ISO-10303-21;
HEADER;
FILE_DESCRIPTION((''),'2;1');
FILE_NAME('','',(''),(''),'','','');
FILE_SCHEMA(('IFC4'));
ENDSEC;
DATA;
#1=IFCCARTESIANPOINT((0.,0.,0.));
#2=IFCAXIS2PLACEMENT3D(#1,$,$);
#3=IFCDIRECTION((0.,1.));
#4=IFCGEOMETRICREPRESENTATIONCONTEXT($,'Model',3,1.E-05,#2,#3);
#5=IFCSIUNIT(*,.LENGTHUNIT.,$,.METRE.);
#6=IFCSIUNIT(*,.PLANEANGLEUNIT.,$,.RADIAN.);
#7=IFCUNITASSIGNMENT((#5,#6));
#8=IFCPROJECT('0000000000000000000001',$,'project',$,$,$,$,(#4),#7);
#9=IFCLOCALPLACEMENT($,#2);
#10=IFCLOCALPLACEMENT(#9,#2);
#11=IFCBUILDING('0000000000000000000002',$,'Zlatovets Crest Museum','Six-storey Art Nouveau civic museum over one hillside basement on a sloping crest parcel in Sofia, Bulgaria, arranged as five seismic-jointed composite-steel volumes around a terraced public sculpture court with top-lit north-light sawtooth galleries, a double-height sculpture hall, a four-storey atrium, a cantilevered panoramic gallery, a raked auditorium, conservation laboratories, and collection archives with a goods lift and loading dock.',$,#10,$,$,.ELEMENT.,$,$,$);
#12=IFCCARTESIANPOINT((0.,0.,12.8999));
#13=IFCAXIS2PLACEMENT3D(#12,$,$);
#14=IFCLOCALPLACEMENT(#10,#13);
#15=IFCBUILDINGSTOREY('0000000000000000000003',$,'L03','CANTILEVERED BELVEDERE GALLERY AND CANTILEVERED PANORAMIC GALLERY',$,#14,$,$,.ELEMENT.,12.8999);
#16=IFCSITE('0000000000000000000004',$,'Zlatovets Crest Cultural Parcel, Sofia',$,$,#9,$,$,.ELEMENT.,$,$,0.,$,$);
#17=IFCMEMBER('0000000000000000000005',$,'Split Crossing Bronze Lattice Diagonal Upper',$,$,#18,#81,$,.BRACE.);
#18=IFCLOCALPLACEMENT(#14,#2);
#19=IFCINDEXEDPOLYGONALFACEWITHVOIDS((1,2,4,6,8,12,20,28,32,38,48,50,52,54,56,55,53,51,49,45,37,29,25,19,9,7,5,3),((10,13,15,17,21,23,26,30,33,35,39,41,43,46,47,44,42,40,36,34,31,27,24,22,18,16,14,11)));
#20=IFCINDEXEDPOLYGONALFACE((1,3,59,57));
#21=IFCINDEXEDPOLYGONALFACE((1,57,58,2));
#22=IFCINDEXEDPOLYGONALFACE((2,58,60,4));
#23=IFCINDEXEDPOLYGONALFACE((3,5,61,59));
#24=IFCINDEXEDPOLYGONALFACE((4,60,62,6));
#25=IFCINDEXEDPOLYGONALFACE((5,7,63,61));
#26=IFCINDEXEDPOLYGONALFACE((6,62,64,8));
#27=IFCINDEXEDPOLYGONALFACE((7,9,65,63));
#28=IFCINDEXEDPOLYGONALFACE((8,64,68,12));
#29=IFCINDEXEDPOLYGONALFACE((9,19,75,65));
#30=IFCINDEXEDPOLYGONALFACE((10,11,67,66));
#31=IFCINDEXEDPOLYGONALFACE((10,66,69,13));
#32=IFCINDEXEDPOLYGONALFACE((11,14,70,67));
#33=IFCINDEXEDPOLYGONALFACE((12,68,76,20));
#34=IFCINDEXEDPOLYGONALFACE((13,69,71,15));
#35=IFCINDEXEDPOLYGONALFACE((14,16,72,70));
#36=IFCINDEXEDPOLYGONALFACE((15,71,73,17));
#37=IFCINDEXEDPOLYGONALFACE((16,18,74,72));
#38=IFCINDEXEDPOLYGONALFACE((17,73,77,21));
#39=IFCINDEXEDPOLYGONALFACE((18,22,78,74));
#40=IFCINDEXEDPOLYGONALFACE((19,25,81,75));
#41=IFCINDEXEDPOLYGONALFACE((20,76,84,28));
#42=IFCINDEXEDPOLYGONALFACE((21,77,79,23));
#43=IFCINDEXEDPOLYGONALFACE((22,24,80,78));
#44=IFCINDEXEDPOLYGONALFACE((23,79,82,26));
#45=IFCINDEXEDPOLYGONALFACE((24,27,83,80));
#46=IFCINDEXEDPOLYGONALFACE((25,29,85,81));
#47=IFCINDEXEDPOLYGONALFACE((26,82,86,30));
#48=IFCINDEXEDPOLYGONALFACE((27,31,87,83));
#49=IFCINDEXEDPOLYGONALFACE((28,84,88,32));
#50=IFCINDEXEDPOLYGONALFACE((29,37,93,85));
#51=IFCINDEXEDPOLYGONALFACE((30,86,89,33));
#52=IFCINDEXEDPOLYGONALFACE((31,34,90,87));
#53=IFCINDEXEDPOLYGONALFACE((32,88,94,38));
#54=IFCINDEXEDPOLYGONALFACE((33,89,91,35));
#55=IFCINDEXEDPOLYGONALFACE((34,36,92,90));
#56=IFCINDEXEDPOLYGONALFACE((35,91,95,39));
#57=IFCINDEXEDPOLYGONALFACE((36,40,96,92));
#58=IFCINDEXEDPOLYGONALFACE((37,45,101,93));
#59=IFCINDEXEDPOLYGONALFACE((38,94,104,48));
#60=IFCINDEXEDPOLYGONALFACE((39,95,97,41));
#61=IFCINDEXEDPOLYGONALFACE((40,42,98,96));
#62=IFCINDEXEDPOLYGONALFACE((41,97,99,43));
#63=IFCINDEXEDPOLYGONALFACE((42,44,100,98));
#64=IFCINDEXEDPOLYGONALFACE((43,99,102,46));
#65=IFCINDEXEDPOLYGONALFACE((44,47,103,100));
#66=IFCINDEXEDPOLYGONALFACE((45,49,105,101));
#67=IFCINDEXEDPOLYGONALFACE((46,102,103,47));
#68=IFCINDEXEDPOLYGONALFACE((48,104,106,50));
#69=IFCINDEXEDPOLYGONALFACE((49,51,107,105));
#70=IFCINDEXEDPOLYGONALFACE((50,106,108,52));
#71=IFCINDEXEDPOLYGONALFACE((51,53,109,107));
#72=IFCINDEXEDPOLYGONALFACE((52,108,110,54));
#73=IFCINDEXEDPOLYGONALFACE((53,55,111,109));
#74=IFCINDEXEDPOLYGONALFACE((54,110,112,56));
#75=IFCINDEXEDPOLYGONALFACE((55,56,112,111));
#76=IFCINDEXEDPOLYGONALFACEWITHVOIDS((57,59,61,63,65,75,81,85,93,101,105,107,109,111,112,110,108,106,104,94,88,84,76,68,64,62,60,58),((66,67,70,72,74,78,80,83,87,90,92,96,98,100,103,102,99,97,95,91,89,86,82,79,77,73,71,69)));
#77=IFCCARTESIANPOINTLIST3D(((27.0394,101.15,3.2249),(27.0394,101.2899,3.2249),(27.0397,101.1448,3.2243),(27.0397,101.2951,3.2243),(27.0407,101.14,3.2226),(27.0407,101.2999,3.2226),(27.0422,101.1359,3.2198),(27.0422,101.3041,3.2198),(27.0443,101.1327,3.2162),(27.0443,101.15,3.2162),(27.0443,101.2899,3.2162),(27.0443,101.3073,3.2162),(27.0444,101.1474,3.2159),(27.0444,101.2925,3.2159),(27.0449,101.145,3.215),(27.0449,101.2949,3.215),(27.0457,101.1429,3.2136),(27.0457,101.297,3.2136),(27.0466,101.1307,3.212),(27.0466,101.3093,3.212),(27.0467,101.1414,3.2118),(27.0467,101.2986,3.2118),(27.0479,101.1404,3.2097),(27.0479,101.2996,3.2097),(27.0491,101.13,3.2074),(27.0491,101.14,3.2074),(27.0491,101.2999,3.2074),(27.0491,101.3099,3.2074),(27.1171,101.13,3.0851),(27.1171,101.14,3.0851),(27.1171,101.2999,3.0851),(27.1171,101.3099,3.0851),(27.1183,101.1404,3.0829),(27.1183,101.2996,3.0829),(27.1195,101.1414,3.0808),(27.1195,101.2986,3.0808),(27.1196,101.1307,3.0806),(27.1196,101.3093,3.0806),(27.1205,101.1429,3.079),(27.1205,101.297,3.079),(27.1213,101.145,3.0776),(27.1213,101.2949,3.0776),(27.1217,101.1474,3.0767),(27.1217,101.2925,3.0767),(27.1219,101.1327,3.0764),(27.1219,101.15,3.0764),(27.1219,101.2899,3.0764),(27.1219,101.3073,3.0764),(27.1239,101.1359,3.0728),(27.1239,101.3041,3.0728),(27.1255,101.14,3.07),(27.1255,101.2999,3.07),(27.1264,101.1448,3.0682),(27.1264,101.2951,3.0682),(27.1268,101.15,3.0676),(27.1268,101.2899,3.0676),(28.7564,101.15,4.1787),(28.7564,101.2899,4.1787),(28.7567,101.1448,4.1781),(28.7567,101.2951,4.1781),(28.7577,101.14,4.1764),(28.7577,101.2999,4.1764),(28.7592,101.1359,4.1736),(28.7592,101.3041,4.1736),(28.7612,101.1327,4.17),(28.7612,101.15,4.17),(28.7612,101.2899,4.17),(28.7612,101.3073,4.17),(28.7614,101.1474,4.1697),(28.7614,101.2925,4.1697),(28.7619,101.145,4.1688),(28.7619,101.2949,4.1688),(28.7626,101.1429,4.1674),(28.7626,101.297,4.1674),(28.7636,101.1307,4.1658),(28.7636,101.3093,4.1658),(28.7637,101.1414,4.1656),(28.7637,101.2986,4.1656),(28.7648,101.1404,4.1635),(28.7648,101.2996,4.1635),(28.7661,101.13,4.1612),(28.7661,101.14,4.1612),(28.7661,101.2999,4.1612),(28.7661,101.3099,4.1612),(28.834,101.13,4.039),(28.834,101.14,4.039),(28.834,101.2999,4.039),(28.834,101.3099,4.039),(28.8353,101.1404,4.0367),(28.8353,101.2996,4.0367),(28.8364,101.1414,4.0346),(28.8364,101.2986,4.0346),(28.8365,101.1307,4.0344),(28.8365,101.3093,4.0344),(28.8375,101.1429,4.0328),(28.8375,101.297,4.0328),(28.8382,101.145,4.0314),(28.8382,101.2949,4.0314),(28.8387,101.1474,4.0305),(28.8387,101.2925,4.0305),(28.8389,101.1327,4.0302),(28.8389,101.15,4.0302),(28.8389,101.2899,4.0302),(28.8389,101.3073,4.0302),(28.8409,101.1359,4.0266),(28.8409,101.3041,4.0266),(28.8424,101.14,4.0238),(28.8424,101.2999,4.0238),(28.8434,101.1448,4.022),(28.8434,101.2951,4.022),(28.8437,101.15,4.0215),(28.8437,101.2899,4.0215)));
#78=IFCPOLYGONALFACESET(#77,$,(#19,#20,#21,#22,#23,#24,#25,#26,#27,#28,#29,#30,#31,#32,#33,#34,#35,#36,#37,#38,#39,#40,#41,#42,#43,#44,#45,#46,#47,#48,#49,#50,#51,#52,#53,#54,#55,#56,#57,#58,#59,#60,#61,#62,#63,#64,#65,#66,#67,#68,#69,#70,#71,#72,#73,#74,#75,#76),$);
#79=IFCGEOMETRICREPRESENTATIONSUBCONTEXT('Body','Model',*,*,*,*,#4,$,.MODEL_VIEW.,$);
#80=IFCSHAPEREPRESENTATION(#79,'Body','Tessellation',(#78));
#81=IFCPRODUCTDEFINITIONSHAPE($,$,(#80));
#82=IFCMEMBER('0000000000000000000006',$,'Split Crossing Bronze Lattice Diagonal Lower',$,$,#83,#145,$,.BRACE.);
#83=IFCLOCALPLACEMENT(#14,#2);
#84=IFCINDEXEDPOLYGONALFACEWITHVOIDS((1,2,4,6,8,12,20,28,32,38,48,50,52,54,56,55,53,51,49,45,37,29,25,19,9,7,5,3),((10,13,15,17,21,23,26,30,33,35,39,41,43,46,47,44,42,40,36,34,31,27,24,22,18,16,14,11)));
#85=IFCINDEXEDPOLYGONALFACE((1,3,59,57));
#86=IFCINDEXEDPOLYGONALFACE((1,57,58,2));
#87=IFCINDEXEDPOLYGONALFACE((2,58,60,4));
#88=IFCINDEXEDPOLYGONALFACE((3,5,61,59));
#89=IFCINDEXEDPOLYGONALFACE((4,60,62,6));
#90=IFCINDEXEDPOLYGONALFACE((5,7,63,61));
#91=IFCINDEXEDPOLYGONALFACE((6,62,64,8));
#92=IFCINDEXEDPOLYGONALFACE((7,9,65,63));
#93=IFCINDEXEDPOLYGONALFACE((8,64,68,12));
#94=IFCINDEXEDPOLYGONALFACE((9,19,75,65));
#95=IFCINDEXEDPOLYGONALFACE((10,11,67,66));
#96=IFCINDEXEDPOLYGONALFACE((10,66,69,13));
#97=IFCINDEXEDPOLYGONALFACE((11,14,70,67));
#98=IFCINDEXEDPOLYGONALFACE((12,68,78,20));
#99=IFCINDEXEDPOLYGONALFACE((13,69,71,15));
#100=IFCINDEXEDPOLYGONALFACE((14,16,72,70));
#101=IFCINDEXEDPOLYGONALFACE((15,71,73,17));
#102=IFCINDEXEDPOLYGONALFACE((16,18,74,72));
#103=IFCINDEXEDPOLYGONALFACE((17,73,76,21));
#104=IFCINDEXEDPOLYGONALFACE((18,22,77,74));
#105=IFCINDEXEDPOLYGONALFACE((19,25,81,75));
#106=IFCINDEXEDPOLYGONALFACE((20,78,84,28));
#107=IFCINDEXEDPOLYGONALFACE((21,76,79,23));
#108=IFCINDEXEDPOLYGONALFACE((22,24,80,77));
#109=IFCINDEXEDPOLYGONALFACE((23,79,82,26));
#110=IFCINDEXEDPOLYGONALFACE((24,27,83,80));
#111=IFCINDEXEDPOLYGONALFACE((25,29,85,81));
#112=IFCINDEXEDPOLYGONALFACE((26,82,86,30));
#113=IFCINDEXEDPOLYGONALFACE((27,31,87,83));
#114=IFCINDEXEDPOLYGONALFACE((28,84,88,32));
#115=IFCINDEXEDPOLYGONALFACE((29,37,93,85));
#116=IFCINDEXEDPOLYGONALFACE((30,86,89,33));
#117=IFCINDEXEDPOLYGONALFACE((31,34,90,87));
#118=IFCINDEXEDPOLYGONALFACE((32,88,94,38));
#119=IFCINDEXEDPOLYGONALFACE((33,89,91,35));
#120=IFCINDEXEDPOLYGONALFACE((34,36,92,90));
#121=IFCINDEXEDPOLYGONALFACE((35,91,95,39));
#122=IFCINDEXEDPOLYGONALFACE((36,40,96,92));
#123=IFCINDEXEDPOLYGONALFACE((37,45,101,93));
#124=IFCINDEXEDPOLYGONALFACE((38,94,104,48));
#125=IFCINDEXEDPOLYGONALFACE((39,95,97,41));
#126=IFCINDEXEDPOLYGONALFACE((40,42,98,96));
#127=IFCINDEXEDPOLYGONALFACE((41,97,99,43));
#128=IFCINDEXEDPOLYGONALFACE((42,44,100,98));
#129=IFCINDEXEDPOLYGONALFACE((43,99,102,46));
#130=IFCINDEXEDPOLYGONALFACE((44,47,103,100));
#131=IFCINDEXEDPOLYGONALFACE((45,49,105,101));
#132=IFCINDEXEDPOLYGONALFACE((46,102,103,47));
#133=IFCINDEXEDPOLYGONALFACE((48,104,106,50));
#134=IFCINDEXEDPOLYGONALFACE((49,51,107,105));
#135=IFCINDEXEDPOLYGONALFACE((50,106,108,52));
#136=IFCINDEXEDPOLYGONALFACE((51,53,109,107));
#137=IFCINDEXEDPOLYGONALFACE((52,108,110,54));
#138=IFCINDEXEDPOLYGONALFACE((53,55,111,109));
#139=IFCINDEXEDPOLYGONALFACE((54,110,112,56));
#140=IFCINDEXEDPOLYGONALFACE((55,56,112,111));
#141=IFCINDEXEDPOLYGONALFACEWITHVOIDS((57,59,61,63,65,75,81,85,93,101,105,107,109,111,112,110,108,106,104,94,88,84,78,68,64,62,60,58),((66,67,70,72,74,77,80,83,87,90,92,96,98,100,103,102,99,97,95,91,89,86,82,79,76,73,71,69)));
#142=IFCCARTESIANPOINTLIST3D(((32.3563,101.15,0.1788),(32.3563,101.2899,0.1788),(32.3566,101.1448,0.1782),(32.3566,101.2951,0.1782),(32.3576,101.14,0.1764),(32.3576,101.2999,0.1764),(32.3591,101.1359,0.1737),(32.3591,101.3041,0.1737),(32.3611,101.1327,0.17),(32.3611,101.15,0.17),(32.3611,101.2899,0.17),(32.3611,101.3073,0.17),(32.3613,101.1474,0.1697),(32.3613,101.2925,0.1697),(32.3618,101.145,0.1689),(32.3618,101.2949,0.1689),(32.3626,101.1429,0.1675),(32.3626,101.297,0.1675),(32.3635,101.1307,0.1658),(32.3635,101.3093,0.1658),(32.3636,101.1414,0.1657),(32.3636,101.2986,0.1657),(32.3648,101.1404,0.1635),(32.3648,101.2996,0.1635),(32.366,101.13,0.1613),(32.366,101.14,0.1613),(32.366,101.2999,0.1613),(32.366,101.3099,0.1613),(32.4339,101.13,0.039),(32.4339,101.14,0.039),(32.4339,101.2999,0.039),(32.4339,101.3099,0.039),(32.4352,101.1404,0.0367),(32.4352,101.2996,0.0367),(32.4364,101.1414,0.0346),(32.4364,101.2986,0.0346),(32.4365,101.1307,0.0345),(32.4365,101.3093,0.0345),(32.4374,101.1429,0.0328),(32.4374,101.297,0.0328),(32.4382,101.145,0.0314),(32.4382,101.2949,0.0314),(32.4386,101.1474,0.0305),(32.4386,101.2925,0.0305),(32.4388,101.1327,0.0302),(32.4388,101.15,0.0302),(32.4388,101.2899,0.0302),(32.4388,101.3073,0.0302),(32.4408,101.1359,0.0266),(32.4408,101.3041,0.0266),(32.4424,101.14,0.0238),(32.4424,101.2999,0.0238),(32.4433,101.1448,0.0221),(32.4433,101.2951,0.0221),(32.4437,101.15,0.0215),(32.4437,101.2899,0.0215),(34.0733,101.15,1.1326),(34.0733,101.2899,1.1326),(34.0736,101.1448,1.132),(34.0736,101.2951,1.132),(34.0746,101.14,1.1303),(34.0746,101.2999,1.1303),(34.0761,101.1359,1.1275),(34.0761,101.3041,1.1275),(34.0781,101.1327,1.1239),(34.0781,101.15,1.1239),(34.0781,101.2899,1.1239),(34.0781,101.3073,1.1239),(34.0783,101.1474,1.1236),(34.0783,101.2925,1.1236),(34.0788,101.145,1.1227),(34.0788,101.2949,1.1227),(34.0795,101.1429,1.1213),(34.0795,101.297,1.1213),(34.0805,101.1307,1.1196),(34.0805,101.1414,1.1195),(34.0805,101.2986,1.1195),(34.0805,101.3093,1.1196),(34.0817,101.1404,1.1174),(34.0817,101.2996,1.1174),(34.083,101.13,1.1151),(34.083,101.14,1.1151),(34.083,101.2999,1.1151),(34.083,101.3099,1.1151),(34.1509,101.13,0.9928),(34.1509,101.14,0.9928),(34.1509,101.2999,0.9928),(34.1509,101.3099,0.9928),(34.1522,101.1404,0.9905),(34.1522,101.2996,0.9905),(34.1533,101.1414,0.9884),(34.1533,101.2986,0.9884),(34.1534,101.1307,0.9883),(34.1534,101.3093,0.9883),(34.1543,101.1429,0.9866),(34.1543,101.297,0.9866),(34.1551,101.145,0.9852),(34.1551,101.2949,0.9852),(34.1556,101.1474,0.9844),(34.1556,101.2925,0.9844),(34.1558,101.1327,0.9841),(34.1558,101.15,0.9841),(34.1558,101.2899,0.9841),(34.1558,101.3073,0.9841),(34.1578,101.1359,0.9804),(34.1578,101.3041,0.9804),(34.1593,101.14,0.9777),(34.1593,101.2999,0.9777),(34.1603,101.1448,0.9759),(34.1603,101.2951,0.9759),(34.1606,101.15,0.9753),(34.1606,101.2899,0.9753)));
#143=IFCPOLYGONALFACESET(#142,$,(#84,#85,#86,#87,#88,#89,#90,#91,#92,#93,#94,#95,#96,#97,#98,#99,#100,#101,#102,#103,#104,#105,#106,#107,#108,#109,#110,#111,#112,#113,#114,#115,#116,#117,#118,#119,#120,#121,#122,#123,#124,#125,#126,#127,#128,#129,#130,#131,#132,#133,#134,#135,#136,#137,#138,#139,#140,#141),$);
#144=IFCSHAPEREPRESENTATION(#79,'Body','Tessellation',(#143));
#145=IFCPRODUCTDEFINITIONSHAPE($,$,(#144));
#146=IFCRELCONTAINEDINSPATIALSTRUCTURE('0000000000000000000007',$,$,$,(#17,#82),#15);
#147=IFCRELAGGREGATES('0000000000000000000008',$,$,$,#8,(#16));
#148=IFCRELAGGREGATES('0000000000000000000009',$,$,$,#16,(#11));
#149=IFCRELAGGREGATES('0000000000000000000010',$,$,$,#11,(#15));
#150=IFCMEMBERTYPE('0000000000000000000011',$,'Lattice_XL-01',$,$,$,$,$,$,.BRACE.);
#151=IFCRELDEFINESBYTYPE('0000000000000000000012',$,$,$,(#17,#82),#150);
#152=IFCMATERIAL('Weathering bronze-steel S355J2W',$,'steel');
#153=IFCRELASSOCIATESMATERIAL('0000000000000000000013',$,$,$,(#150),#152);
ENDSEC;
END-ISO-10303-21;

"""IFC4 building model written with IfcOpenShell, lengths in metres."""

from ifc_helpers import new_model, si_unit, direction, frame, origin, origin_2d, place, context, subcontext, project, spatial, hollow_rectangle, extrude, material, material_profile, profile_set, type_object, element, save


model = new_model("IFC4")

# Units and contexts
model_context = context("Model", 3, precision=1e-05, world=origin(), true_north=direction((0.0, 1.0)))
body_context = subcontext(model_context, "Body", "Model", "MODEL_VIEW")
ifc_project = project(units=[si_unit("LENGTHUNIT", "METRE"), si_unit("PLANEANGLEUNIT", "RADIAN")], contexts=[model_context])

# Site, building, storey
site_placement = place(None, origin())
site = spatial("IfcSite", under=ifc_project, at=site_placement, Name="Zlatovets Crest Cultural Parcel, Sofia", CompositionType="ELEMENT", RefElevation=0.0)
building_placement = place(site_placement, origin())
building = spatial("IfcBuilding", under=site, at=building_placement, Name="Zlatovets Crest Museum", Description="Six-storey Art Nouveau civic museum over one hillside basement on a sloping crest parcel in Sofia, Bulgaria, arranged as five seismic-jointed composite-steel volumes around a terraced public sculpture court with top-lit north-light sawtooth galleries, a double-height sculpture hall, a four-storey atrium, a cantilevered panoramic gallery, a raked auditorium, conservation laboratories, and collection archives with a goods lift and loading dock.", CompositionType="ELEMENT")
storey_placement = place(building_placement, frame((0.0, 0.0, 12.8999)))
storey = spatial("IfcBuildingStorey", under=building, at=storey_placement, Name="L03", Description="CANTILEVERED BELVEDERE GALLERY AND CANTILEVERED PANORAMIC GALLERY", CompositionType="ELEMENT", Elevation=12.8999)

# Members
ifc_material_1 = material(Name="Weathering bronze-steel S355J2W", Category="steel")
ifc_material_profile_1 = material_profile(ifc_material_1, hollow_rectangle(XDim=0.1799, YDim=0.1799, WallThickness=0.01, InnerFilletRadius=0.01, OuterFilletRadius=0.02, at=origin_2d()), Name="SHS 180x180x10.0")
ifc_profile_set_1 = profile_set([ifc_material_profile_1], Name="Weathering bronze-steel S355J2W")
member_type_1 = type_object("IfcMemberType", Name="Lattice_XL-01", PredefinedType="BRACE", material=ifc_profile_set_1)
for number, where, z_axis, x_axis, name in (
    (1, (28.8, 101.22, 4.1001), (-0.874169, 0.0, -0.485622), (0.0, -1.0, 0.0), "Split Crossing Bronze Lattice Diagonal Upper"),
    (2, (34.1169, 101.22, 1.054), (-0.874169, 0.0, -0.485622), (0.0, -1.0, 0.0), "Split Crossing Bronze Lattice Diagonal Lower"),
):
    element("IfcMember", number, at=place(storey_placement, frame(where, z_axis=z_axis, x_axis=x_axis)), inside=storey, type_object=member_type_1, Name=name, PredefinedType="BRACE", context=body_context, shape_type="SweptSolid", body=[
        extrude(hollow_rectangle(XDim=0.1799, YDim=0.1799, WallThickness=0.01, InnerFilletRadius=0.01, OuterFilletRadius=0.02, at=origin_2d()), origin(), (0.0, 0.0, 1.0), 1.9641),
    ])

save(model, "model.ifc")
